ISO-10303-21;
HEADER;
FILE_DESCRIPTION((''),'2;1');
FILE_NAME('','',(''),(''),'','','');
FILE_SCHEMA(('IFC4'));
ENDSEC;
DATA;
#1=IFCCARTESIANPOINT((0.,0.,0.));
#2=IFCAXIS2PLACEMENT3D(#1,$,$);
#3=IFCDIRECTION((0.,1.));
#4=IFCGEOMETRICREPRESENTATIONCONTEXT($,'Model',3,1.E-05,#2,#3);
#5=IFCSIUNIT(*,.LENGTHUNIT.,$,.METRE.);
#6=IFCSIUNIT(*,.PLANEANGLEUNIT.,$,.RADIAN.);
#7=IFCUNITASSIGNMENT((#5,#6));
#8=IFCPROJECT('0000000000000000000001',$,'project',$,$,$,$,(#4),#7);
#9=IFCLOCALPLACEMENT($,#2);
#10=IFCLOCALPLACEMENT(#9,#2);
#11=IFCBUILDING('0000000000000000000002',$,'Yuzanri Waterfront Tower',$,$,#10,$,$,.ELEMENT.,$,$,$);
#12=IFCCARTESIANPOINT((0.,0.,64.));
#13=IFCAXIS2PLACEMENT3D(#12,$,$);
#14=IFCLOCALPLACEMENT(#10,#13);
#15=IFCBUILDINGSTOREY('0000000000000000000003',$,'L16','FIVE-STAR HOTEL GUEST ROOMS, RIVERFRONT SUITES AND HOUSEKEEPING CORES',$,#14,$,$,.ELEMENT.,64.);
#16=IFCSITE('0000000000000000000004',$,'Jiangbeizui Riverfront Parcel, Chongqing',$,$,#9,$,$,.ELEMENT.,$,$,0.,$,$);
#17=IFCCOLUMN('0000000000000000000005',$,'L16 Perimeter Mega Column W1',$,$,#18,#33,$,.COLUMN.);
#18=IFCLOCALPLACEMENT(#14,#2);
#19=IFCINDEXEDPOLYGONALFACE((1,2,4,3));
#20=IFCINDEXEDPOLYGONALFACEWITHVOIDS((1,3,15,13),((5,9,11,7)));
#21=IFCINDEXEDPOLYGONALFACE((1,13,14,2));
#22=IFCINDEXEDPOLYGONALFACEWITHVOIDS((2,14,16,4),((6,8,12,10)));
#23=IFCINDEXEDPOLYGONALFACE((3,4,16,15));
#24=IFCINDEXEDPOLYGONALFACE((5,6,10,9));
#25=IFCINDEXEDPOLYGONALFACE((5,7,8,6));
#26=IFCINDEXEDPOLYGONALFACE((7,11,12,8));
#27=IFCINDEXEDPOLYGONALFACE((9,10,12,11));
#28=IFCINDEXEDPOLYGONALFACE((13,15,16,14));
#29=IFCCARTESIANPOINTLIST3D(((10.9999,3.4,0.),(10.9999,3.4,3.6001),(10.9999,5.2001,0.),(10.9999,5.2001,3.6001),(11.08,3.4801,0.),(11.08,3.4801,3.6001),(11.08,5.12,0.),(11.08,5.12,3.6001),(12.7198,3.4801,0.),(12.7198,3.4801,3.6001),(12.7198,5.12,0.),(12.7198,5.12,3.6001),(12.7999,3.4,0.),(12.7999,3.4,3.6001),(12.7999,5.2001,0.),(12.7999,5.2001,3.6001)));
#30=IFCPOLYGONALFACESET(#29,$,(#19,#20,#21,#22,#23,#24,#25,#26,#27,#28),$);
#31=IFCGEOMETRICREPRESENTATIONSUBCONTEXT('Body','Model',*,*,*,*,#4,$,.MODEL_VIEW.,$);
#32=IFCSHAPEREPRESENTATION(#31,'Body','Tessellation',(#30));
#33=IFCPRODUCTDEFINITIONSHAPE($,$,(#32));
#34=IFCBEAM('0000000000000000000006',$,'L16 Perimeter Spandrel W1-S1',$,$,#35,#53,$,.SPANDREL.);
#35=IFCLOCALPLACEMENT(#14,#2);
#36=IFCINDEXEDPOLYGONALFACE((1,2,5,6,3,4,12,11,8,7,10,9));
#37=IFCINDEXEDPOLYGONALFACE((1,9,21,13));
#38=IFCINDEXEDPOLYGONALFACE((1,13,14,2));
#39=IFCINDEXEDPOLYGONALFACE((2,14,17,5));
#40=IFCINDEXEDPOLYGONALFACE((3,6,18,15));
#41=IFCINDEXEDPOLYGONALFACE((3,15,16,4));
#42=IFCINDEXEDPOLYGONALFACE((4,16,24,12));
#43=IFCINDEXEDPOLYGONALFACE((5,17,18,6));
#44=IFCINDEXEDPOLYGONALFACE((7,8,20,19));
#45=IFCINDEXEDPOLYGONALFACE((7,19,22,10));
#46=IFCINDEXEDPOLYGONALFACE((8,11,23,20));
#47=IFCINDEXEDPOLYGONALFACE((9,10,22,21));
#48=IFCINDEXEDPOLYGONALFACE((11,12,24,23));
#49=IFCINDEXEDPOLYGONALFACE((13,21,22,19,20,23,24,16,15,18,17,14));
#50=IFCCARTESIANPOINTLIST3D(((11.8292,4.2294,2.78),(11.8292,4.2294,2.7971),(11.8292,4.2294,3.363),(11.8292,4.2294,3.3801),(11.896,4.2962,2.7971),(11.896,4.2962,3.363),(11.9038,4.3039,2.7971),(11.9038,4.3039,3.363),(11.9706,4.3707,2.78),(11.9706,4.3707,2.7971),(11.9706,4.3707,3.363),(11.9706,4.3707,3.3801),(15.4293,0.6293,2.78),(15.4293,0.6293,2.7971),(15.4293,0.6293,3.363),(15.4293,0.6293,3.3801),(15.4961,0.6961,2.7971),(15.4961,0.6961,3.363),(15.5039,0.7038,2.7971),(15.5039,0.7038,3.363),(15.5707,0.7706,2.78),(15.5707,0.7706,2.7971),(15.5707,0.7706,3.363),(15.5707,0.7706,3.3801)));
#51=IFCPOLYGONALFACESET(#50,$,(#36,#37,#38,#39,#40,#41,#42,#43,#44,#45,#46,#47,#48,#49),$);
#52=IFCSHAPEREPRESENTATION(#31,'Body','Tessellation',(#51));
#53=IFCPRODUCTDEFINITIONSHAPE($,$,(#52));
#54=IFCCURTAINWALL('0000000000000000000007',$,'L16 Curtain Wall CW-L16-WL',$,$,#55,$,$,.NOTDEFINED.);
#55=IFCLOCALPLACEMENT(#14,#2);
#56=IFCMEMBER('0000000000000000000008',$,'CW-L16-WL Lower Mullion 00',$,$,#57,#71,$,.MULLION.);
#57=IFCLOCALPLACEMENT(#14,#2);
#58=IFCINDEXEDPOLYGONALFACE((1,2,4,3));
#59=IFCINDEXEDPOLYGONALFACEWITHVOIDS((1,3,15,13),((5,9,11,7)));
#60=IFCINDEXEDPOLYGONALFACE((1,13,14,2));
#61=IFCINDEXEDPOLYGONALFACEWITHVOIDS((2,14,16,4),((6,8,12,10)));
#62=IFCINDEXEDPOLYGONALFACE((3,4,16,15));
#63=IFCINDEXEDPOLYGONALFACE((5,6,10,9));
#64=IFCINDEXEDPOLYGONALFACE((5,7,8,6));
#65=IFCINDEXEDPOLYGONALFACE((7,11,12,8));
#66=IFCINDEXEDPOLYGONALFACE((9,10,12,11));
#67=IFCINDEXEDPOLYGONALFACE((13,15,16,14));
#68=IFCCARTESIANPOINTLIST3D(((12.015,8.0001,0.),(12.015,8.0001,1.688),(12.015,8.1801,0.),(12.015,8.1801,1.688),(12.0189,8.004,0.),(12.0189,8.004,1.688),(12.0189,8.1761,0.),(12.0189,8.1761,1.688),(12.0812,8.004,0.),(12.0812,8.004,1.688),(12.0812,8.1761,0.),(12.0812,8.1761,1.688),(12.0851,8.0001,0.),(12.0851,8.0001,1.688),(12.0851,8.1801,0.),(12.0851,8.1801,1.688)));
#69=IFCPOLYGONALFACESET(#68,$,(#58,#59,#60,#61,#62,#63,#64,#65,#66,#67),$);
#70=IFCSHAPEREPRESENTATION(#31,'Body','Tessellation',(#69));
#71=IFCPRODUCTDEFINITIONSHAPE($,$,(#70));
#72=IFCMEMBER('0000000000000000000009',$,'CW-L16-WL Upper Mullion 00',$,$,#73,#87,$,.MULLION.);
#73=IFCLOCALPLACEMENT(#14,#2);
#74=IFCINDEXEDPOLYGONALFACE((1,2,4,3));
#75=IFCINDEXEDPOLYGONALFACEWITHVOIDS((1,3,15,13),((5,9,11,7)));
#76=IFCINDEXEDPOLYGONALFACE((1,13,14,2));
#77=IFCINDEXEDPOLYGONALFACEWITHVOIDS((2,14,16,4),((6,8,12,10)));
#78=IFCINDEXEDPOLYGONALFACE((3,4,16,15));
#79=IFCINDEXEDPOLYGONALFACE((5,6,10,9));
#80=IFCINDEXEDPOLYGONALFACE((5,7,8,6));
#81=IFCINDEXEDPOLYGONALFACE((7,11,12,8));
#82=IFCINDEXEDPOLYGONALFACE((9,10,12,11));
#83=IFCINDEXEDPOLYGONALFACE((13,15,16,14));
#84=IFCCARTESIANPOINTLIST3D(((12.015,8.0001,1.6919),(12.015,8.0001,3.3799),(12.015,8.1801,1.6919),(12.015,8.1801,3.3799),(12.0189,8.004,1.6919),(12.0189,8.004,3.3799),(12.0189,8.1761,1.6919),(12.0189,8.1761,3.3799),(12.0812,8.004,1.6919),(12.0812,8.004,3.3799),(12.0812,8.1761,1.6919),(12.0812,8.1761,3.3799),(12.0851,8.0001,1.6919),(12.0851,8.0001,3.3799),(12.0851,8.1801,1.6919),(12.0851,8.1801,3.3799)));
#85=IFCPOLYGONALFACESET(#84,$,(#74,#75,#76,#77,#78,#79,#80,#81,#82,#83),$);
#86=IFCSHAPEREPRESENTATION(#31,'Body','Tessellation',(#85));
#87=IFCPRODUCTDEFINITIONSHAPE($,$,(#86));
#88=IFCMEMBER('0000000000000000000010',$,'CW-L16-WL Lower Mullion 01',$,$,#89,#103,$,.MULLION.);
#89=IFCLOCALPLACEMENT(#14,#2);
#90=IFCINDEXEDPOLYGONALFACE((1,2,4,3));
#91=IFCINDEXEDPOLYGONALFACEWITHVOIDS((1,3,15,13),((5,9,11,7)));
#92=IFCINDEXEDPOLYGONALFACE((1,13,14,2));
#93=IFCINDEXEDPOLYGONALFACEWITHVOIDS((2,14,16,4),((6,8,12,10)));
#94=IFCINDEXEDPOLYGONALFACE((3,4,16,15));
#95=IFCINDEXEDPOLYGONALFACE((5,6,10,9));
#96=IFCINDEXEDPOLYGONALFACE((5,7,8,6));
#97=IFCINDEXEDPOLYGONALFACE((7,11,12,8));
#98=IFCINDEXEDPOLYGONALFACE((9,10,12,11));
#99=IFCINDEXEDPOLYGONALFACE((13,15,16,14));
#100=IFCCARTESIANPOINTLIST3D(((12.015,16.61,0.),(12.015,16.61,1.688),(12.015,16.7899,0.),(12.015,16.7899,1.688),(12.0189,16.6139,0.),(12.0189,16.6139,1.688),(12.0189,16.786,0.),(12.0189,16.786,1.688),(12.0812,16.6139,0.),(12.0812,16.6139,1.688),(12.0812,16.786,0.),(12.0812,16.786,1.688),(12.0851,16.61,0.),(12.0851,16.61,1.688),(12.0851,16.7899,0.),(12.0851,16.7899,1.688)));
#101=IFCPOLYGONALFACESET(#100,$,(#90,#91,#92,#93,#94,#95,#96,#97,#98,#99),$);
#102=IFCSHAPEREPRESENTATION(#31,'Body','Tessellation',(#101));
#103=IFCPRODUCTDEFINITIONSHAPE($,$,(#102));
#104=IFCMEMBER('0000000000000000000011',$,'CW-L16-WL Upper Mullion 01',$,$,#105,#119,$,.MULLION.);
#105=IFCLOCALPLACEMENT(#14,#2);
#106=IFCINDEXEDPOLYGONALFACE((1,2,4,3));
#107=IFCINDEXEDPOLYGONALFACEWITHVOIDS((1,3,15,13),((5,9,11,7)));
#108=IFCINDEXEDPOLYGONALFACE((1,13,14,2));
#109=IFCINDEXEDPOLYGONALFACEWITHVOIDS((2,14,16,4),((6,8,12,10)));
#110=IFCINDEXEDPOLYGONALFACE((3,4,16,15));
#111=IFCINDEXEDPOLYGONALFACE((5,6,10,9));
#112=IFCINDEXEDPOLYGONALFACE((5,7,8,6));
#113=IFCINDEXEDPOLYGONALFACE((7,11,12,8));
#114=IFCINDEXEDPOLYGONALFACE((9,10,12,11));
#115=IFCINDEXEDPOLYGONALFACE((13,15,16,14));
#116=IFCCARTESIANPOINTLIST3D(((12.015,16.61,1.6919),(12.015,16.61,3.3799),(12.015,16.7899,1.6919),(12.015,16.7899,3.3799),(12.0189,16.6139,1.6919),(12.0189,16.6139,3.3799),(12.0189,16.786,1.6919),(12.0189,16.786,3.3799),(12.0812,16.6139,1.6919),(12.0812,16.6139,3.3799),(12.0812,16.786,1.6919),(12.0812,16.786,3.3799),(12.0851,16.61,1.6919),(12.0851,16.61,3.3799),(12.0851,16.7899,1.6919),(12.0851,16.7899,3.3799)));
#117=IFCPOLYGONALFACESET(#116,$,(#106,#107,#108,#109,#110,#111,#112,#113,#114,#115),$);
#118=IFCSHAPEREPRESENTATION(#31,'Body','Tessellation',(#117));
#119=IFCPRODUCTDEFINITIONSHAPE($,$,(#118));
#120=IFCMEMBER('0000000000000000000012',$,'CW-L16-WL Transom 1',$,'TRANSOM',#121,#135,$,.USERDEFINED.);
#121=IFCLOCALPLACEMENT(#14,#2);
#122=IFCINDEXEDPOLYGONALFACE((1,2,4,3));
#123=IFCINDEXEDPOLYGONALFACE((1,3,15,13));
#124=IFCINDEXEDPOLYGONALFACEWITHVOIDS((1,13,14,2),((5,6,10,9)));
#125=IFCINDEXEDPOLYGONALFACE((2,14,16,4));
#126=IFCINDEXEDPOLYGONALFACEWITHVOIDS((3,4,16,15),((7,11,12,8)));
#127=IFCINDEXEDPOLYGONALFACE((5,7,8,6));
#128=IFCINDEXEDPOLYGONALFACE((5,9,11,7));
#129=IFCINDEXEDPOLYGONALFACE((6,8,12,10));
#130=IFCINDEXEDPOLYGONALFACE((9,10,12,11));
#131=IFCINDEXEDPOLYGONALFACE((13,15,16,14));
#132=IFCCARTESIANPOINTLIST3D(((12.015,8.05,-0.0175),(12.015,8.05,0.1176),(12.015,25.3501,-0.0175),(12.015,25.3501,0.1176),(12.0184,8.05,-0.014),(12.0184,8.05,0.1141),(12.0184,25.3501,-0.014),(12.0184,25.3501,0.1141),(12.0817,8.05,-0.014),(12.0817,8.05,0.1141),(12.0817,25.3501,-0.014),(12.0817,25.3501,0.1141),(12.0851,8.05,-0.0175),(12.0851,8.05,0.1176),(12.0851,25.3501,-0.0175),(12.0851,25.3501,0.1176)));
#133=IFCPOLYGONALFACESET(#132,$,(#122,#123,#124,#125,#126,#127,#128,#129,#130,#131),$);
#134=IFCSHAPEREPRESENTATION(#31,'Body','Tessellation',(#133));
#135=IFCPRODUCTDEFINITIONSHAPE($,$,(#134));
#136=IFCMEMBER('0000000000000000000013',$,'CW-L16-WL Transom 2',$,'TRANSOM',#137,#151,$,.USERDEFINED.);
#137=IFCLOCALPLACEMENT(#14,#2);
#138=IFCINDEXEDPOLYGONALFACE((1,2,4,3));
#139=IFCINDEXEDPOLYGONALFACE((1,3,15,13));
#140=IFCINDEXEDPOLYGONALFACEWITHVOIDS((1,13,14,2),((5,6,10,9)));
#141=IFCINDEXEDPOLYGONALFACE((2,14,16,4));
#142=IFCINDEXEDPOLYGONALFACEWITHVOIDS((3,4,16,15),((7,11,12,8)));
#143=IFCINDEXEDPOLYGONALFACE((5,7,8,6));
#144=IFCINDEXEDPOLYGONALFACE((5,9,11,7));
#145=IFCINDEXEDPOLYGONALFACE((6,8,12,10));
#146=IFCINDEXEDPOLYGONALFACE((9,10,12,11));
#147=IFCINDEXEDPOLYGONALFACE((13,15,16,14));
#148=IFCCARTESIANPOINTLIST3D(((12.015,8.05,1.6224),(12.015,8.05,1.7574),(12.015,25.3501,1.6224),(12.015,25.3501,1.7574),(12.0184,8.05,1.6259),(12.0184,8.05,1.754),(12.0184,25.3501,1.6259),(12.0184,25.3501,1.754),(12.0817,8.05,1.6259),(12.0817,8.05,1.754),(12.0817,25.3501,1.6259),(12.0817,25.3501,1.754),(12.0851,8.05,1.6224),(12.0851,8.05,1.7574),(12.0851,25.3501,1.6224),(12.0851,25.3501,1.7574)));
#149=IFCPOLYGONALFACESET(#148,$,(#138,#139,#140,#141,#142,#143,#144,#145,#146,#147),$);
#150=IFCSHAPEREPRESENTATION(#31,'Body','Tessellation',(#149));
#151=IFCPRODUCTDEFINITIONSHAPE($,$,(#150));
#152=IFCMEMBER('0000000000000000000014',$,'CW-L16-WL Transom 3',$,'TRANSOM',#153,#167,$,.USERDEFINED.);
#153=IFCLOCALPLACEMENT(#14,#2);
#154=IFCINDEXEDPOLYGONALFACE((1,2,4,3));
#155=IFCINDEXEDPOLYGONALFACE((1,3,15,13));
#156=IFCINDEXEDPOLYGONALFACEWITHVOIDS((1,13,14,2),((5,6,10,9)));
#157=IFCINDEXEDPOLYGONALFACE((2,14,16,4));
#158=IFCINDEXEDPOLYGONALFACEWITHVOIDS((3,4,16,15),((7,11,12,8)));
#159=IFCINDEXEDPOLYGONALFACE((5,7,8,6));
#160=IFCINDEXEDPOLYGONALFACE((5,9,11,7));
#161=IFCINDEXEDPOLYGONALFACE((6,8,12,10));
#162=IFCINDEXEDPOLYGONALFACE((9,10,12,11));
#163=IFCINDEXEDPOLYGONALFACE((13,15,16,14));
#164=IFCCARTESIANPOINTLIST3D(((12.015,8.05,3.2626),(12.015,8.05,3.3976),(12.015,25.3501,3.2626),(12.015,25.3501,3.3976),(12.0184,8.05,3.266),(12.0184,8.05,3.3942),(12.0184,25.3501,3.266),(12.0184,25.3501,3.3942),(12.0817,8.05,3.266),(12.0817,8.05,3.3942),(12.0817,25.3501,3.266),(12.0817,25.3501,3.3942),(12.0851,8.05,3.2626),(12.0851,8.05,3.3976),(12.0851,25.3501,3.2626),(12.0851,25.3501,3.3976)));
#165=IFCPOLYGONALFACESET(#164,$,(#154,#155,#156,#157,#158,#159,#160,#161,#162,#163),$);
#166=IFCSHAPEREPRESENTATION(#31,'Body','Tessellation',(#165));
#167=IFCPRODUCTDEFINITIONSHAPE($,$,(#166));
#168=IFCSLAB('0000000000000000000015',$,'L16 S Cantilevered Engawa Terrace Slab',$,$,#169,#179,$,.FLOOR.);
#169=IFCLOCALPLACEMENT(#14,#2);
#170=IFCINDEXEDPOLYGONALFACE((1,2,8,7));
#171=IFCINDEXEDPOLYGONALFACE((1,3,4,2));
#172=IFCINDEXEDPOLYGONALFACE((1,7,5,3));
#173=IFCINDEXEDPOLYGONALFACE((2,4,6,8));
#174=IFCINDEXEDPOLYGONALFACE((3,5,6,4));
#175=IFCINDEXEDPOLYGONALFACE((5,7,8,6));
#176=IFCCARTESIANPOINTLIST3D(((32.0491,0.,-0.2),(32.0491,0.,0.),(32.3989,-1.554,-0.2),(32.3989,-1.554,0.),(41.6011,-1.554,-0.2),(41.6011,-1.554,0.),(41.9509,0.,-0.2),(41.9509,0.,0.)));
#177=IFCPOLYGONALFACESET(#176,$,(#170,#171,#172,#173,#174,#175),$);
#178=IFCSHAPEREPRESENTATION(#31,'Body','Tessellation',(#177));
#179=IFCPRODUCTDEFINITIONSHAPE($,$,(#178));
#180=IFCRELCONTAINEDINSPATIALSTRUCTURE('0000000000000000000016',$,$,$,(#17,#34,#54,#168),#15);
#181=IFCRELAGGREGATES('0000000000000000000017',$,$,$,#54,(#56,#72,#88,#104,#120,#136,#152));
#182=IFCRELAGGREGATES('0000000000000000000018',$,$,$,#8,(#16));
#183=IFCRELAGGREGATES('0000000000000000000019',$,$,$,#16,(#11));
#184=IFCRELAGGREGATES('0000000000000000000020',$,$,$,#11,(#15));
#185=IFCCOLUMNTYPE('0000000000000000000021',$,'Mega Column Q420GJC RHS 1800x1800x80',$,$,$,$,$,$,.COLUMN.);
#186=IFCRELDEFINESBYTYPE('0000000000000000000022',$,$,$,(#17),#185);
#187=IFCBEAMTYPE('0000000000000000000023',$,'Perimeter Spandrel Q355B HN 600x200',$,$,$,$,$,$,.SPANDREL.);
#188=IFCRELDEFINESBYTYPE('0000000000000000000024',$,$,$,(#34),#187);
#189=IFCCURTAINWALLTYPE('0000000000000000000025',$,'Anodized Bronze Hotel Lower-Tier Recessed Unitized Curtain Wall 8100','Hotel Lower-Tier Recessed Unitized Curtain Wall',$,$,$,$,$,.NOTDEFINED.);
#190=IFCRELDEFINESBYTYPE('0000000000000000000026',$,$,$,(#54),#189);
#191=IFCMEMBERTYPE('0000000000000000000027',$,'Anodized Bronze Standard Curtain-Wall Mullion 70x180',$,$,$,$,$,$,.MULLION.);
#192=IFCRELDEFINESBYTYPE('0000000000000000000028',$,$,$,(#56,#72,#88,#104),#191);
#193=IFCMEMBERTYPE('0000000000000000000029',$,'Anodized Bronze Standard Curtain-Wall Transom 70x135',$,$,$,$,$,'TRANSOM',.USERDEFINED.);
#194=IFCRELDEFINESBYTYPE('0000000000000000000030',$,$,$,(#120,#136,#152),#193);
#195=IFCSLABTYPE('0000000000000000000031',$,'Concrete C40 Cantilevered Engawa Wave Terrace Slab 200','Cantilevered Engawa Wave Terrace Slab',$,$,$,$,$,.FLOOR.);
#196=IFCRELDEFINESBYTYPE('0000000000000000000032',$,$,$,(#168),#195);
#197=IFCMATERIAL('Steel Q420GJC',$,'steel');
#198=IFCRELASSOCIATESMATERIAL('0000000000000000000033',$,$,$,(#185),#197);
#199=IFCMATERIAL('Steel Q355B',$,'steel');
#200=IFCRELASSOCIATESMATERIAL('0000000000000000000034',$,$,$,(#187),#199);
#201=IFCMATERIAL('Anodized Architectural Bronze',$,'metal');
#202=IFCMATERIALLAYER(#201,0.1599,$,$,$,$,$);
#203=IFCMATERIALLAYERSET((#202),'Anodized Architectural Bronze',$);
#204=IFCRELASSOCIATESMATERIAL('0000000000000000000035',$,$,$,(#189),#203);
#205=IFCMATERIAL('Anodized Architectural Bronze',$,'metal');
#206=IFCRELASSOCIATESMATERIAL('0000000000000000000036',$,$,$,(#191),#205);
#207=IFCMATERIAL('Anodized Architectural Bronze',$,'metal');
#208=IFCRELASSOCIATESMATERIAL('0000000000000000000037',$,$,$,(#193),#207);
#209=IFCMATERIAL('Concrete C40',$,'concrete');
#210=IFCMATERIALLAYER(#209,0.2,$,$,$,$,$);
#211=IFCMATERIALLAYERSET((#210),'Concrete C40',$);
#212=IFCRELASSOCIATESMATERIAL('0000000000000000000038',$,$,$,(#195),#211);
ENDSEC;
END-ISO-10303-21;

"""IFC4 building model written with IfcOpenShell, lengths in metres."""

from ifc_helpers import new_model, si_unit, direction, frame, origin, origin_2d, place, context, subcontext, project, spatial, polyline, hollow_rectangle, i_section, outline, extrude, source, transform, mapped, material, layer, layer_set, material_profile, profile_set, type_object, element, aggregate, save


model = new_model("IFC4")

# Units and contexts
model_context = context("Model", 3, precision=1e-05, world=origin(), true_north=direction((0.0, 1.0)))
body_context = subcontext(model_context, "Body", "Model", "MODEL_VIEW")
ifc_project = project(units=[si_unit("LENGTHUNIT", "METRE"), si_unit("PLANEANGLEUNIT", "RADIAN")], contexts=[model_context])

# Site, building, storey
site_placement = place(None, origin())
site = spatial("IfcSite", under=ifc_project, at=site_placement, Name="Jiangbeizui Riverfront Parcel, Chongqing", CompositionType="ELEMENT", RefElevation=0.0)
building_placement = place(site_placement, origin())
building = spatial("IfcBuilding", under=site, at=building_placement, Name="Yuzanri Waterfront Tower", CompositionType="ELEMENT")
storey_placement = place(building_placement, frame((0.0, 0.0, 64.0)))
storey = spatial("IfcBuildingStorey", under=building, at=storey_placement, Name="L16", Description="FIVE-STAR HOTEL GUEST ROOMS, RIVERFRONT SUITES AND HOUSEKEEPING CORES", CompositionType="ELEMENT", Elevation=64.0)

# Column
ifc_material_1 = material(Name="Steel Q420GJC", Category="steel")
ifc_material_profile_1 = material_profile(ifc_material_1, hollow_rectangle(XDim=1.8, YDim=1.8, WallThickness=0.0801, at=origin_2d()), Name="RHS 1800x1800x80")
ifc_profile_set_1 = profile_set([ifc_material_profile_1], Name="Steel Q420GJC")
column_type = type_object("IfcColumnType", Name="Mega Column Q420GJC RHS 1800x1800x80", PredefinedType="COLUMN", material=ifc_profile_set_1)
shared_shape_1 = source(origin(), body_context, "Body", "SweptSolid", [
    extrude(hollow_rectangle(XDim=1.8, YDim=1.8, WallThickness=0.0801, at=origin_2d()), origin(), (0.0, 0.0, 1.0), 3.6001),
])
column_placement = place(storey_placement, frame((11.8999, 4.3, 0.0), z_axis=(0.0, 0.0, 1.0), x_axis=(1.0, 0.0, 0.0)))
element("IfcColumn", 1, at=column_placement, inside=storey, type_object=column_type, Name="L16 Perimeter Mega Column W1", PredefinedType="COLUMN", context=body_context, shape_type="MappedRepresentation", body=[
    mapped(shared_shape_1, transform((0.0, 0.0, 0.0), scale=1.0)),
])

# Beam
ifc_material_2 = material(Name="Steel Q355B", Category="steel")
ifc_material_profile_2 = material_profile(ifc_material_2, i_section(OverallWidth=0.2, OverallDepth=0.6001, WebThickness=0.011, FlangeThickness=0.0171, at=origin_2d()), Name="HN 600x200x11x17")
ifc_profile_set_2 = profile_set([ifc_material_profile_2], Name="Steel Q355B")
beam_type = type_object("IfcBeamType", Name="Perimeter Spandrel Q355B HN 600x200", PredefinedType="SPANDREL", material=ifc_profile_set_2)
shared_shape_2 = source(origin(), body_context, "Body", "SweptSolid", [
    extrude(i_section(OverallWidth=0.2, OverallDepth=0.6001, WebThickness=0.011, FlangeThickness=0.0171, at=origin_2d()), origin(), (0.0, 0.0, 1.0), 5.0913),
])
beam_placement = place(storey_placement, frame((11.8999, 4.3, 3.0801), z_axis=(0.707107, -0.707107, 0.0), x_axis=(0.707107, 0.707107, 0.0)))
element("IfcBeam", 2, at=beam_placement, inside=storey, type_object=beam_type, Name="L16 Perimeter Spandrel W1-S1", PredefinedType="SPANDREL", context=body_context, shape_type="MappedRepresentation", body=[
    mapped(shared_shape_2, transform((0.0, 0.0, 0.0), scale=1.0)),
])

# Curtain wall, members
ifc_material_3 = material(Name="Anodized Architectural Bronze", Category="metal")
ifc_layer_1 = layer(ifc_material_3, 0.1599)
ifc_layer_set_1 = layer_set([ifc_layer_1], Name="Anodized Architectural Bronze")
curtain_wall_type = type_object("IfcCurtainWallType", Name="Anodized Bronze Hotel Lower-Tier Recessed Unitized Curtain Wall 8100", Description="Hotel Lower-Tier Recessed Unitized Curtain Wall", PredefinedType="NOTDEFINED", material=ifc_layer_set_1)
curtain_wall_placement = place(storey_placement, origin())
curtain_wall = element("IfcCurtainWall", 3, at=curtain_wall_placement, inside=storey, type_object=curtain_wall_type, Name="L16 Curtain Wall CW-L16-WL", PredefinedType="NOTDEFINED")
ifc_material_4 = material(Name="Anodized Architectural Bronze", Category="metal")
ifc_material_profile_3 = material_profile(ifc_material_4, hollow_rectangle(XDim=0.0701, YDim=0.1799, WallThickness=0.0039, at=origin_2d()), Name="CWM 70x180")
ifc_profile_set_3 = profile_set([ifc_material_profile_3], Name="Anodized Architectural Bronze")
member_type_1 = type_object("IfcMemberType", Name="Anodized Bronze Standard Curtain-Wall Mullion 70x180", PredefinedType="MULLION", material=ifc_profile_set_3)
shared_shape_3 = source(origin(), body_context, "Body", "SweptSolid", [
    extrude(hollow_rectangle(XDim=0.0701, YDim=0.1799, WallThickness=0.0039, at=origin_2d()), origin(), (0.0, 0.0, 1.0), 1.688),
])
member_1_placement = place(storey_placement, frame((12.05, 8.0901, 0.0), z_axis=(0.0, 0.0, 1.0), x_axis=(1.0, 0.0, 0.0)))
member_1 = element("IfcMember", 4, at=member_1_placement, type_object=member_type_1, Name="CW-L16-WL Lower Mullion 00", PredefinedType="MULLION", context=body_context, shape_type="MappedRepresentation", body=[
    mapped(shared_shape_3, transform((0.0, 0.0, 0.0), scale=1.0)),
])
member_2_placement = place(storey_placement, frame((12.05, 8.0901, 1.6919), z_axis=(0.0, 0.0, 1.0), x_axis=(1.0, 0.0, 0.0)))
member_2 = element("IfcMember", 5, at=member_2_placement, type_object=member_type_1, Name="CW-L16-WL Upper Mullion 00", PredefinedType="MULLION", context=body_context, shape_type="MappedRepresentation", body=[
    mapped(shared_shape_3, transform((0.0, 0.0, 0.0), scale=1.0)),
])
member_3_placement = place(storey_placement, frame((12.05, 16.7, 0.0), z_axis=(0.0, 0.0, 1.0), x_axis=(1.0, 0.0, 0.0)))
member_3 = element("IfcMember", 6, at=member_3_placement, type_object=member_type_1, Name="CW-L16-WL Lower Mullion 01", PredefinedType="MULLION", context=body_context, shape_type="MappedRepresentation", body=[
    mapped(shared_shape_3, transform((0.0, 0.0, 0.0), scale=1.0)),
])
member_4_placement = place(storey_placement, frame((12.05, 16.7, 1.6919), z_axis=(0.0, 0.0, 1.0), x_axis=(1.0, 0.0, 0.0)))
member_4 = element("IfcMember", 7, at=member_4_placement, type_object=member_type_1, Name="CW-L16-WL Upper Mullion 01", PredefinedType="MULLION", context=body_context, shape_type="MappedRepresentation", body=[
    mapped(shared_shape_3, transform((0.0, 0.0, 0.0), scale=1.0)),
])
ifc_material_5 = material(Name="Anodized Architectural Bronze", Category="metal")
ifc_material_profile_4 = material_profile(ifc_material_5, hollow_rectangle(XDim=0.0701, YDim=0.135, WallThickness=0.0034, at=origin_2d()), Name="CWT 70x135")
ifc_profile_set_4 = profile_set([ifc_material_profile_4], Name="Anodized Architectural Bronze")
member_type_2 = type_object("IfcMemberType", Name="Anodized Bronze Standard Curtain-Wall Transom 70x135", ElementType="TRANSOM", PredefinedType="USERDEFINED", material=ifc_profile_set_4)
shared_shape_4 = source(origin(), body_context, "Body", "SweptSolid", [
    extrude(hollow_rectangle(XDim=0.0701, YDim=0.135, WallThickness=0.0034, at=origin_2d()), origin(), (0.0, 0.0, 1.0), 17.3),
])
member_5_placement = place(storey_placement, frame((12.05, 8.05, 0.05), z_axis=(0.0, 1.0, 0.0), x_axis=(-1.0, 0.0, 0.0)))
member_5 = element("IfcMember", 8, at=member_5_placement, type_object=member_type_2, Name="CW-L16-WL Transom 1", ObjectType="TRANSOM", PredefinedType="USERDEFINED", context=body_context, shape_type="MappedRepresentation", body=[
    mapped(shared_shape_4, transform((0.0, 0.0, 0.0), scale=1.0)),
])
member_6_placement = place(storey_placement, frame((12.05, 8.05, 1.6899), z_axis=(0.0, 1.0, 0.0), x_axis=(-1.0, 0.0, 0.0)))
member_6 = element("IfcMember", 9, at=member_6_placement, type_object=member_type_2, Name="CW-L16-WL Transom 2", ObjectType="TRANSOM", PredefinedType="USERDEFINED", context=body_context, shape_type="MappedRepresentation", body=[
    mapped(shared_shape_4, transform((0.0, 0.0, 0.0), scale=1.0)),
])
member_7_placement = place(storey_placement, frame((12.05, 8.05, 3.3301), z_axis=(0.0, 1.0, 0.0), x_axis=(-1.0, 0.0, 0.0)))
member_7 = element("IfcMember", 10, at=member_7_placement, type_object=member_type_2, Name="CW-L16-WL Transom 3", ObjectType="TRANSOM", PredefinedType="USERDEFINED", context=body_context, shape_type="MappedRepresentation", body=[
    mapped(shared_shape_4, transform((0.0, 0.0, 0.0), scale=1.0)),
])

# Slab
ifc_material_6 = material(Name="Concrete C40", Category="concrete")
ifc_layer_2 = layer(ifc_material_6, 0.2)
ifc_layer_set_2 = layer_set([ifc_layer_2], Name="Concrete C40")
slab_type_1 = type_object("IfcSlabType", Name="Concrete C40 Cantilevered Engawa Wave Terrace Slab 200", Description="Cantilevered Engawa Wave Terrace Slab", PredefinedType="FLOOR", material=ifc_layer_set_2)
slab_1_placement = place(storey_placement, frame((0.0, 0.0, -0.2)))
element("IfcSlab", 11, at=slab_1_placement, inside=storey, type_object=slab_type_1, Name="L16 S Cantilevered Engawa Terrace Slab", PredefinedType="FLOOR", context=body_context, shape_type="SweptSolid", body=[
    extrude(outline(polyline([(32.0491, 0.0), (41.9509, 0.0), (41.6011, -1.554), (32.3989, -1.554), (32.0491, 0.0)])), origin(), (0.0, 0.0, 1.0), 0.2),
])

aggregate(curtain_wall, [member_1, member_2, member_3, member_4, member_5, member_6, member_7])

save(model, "model.ifc")
